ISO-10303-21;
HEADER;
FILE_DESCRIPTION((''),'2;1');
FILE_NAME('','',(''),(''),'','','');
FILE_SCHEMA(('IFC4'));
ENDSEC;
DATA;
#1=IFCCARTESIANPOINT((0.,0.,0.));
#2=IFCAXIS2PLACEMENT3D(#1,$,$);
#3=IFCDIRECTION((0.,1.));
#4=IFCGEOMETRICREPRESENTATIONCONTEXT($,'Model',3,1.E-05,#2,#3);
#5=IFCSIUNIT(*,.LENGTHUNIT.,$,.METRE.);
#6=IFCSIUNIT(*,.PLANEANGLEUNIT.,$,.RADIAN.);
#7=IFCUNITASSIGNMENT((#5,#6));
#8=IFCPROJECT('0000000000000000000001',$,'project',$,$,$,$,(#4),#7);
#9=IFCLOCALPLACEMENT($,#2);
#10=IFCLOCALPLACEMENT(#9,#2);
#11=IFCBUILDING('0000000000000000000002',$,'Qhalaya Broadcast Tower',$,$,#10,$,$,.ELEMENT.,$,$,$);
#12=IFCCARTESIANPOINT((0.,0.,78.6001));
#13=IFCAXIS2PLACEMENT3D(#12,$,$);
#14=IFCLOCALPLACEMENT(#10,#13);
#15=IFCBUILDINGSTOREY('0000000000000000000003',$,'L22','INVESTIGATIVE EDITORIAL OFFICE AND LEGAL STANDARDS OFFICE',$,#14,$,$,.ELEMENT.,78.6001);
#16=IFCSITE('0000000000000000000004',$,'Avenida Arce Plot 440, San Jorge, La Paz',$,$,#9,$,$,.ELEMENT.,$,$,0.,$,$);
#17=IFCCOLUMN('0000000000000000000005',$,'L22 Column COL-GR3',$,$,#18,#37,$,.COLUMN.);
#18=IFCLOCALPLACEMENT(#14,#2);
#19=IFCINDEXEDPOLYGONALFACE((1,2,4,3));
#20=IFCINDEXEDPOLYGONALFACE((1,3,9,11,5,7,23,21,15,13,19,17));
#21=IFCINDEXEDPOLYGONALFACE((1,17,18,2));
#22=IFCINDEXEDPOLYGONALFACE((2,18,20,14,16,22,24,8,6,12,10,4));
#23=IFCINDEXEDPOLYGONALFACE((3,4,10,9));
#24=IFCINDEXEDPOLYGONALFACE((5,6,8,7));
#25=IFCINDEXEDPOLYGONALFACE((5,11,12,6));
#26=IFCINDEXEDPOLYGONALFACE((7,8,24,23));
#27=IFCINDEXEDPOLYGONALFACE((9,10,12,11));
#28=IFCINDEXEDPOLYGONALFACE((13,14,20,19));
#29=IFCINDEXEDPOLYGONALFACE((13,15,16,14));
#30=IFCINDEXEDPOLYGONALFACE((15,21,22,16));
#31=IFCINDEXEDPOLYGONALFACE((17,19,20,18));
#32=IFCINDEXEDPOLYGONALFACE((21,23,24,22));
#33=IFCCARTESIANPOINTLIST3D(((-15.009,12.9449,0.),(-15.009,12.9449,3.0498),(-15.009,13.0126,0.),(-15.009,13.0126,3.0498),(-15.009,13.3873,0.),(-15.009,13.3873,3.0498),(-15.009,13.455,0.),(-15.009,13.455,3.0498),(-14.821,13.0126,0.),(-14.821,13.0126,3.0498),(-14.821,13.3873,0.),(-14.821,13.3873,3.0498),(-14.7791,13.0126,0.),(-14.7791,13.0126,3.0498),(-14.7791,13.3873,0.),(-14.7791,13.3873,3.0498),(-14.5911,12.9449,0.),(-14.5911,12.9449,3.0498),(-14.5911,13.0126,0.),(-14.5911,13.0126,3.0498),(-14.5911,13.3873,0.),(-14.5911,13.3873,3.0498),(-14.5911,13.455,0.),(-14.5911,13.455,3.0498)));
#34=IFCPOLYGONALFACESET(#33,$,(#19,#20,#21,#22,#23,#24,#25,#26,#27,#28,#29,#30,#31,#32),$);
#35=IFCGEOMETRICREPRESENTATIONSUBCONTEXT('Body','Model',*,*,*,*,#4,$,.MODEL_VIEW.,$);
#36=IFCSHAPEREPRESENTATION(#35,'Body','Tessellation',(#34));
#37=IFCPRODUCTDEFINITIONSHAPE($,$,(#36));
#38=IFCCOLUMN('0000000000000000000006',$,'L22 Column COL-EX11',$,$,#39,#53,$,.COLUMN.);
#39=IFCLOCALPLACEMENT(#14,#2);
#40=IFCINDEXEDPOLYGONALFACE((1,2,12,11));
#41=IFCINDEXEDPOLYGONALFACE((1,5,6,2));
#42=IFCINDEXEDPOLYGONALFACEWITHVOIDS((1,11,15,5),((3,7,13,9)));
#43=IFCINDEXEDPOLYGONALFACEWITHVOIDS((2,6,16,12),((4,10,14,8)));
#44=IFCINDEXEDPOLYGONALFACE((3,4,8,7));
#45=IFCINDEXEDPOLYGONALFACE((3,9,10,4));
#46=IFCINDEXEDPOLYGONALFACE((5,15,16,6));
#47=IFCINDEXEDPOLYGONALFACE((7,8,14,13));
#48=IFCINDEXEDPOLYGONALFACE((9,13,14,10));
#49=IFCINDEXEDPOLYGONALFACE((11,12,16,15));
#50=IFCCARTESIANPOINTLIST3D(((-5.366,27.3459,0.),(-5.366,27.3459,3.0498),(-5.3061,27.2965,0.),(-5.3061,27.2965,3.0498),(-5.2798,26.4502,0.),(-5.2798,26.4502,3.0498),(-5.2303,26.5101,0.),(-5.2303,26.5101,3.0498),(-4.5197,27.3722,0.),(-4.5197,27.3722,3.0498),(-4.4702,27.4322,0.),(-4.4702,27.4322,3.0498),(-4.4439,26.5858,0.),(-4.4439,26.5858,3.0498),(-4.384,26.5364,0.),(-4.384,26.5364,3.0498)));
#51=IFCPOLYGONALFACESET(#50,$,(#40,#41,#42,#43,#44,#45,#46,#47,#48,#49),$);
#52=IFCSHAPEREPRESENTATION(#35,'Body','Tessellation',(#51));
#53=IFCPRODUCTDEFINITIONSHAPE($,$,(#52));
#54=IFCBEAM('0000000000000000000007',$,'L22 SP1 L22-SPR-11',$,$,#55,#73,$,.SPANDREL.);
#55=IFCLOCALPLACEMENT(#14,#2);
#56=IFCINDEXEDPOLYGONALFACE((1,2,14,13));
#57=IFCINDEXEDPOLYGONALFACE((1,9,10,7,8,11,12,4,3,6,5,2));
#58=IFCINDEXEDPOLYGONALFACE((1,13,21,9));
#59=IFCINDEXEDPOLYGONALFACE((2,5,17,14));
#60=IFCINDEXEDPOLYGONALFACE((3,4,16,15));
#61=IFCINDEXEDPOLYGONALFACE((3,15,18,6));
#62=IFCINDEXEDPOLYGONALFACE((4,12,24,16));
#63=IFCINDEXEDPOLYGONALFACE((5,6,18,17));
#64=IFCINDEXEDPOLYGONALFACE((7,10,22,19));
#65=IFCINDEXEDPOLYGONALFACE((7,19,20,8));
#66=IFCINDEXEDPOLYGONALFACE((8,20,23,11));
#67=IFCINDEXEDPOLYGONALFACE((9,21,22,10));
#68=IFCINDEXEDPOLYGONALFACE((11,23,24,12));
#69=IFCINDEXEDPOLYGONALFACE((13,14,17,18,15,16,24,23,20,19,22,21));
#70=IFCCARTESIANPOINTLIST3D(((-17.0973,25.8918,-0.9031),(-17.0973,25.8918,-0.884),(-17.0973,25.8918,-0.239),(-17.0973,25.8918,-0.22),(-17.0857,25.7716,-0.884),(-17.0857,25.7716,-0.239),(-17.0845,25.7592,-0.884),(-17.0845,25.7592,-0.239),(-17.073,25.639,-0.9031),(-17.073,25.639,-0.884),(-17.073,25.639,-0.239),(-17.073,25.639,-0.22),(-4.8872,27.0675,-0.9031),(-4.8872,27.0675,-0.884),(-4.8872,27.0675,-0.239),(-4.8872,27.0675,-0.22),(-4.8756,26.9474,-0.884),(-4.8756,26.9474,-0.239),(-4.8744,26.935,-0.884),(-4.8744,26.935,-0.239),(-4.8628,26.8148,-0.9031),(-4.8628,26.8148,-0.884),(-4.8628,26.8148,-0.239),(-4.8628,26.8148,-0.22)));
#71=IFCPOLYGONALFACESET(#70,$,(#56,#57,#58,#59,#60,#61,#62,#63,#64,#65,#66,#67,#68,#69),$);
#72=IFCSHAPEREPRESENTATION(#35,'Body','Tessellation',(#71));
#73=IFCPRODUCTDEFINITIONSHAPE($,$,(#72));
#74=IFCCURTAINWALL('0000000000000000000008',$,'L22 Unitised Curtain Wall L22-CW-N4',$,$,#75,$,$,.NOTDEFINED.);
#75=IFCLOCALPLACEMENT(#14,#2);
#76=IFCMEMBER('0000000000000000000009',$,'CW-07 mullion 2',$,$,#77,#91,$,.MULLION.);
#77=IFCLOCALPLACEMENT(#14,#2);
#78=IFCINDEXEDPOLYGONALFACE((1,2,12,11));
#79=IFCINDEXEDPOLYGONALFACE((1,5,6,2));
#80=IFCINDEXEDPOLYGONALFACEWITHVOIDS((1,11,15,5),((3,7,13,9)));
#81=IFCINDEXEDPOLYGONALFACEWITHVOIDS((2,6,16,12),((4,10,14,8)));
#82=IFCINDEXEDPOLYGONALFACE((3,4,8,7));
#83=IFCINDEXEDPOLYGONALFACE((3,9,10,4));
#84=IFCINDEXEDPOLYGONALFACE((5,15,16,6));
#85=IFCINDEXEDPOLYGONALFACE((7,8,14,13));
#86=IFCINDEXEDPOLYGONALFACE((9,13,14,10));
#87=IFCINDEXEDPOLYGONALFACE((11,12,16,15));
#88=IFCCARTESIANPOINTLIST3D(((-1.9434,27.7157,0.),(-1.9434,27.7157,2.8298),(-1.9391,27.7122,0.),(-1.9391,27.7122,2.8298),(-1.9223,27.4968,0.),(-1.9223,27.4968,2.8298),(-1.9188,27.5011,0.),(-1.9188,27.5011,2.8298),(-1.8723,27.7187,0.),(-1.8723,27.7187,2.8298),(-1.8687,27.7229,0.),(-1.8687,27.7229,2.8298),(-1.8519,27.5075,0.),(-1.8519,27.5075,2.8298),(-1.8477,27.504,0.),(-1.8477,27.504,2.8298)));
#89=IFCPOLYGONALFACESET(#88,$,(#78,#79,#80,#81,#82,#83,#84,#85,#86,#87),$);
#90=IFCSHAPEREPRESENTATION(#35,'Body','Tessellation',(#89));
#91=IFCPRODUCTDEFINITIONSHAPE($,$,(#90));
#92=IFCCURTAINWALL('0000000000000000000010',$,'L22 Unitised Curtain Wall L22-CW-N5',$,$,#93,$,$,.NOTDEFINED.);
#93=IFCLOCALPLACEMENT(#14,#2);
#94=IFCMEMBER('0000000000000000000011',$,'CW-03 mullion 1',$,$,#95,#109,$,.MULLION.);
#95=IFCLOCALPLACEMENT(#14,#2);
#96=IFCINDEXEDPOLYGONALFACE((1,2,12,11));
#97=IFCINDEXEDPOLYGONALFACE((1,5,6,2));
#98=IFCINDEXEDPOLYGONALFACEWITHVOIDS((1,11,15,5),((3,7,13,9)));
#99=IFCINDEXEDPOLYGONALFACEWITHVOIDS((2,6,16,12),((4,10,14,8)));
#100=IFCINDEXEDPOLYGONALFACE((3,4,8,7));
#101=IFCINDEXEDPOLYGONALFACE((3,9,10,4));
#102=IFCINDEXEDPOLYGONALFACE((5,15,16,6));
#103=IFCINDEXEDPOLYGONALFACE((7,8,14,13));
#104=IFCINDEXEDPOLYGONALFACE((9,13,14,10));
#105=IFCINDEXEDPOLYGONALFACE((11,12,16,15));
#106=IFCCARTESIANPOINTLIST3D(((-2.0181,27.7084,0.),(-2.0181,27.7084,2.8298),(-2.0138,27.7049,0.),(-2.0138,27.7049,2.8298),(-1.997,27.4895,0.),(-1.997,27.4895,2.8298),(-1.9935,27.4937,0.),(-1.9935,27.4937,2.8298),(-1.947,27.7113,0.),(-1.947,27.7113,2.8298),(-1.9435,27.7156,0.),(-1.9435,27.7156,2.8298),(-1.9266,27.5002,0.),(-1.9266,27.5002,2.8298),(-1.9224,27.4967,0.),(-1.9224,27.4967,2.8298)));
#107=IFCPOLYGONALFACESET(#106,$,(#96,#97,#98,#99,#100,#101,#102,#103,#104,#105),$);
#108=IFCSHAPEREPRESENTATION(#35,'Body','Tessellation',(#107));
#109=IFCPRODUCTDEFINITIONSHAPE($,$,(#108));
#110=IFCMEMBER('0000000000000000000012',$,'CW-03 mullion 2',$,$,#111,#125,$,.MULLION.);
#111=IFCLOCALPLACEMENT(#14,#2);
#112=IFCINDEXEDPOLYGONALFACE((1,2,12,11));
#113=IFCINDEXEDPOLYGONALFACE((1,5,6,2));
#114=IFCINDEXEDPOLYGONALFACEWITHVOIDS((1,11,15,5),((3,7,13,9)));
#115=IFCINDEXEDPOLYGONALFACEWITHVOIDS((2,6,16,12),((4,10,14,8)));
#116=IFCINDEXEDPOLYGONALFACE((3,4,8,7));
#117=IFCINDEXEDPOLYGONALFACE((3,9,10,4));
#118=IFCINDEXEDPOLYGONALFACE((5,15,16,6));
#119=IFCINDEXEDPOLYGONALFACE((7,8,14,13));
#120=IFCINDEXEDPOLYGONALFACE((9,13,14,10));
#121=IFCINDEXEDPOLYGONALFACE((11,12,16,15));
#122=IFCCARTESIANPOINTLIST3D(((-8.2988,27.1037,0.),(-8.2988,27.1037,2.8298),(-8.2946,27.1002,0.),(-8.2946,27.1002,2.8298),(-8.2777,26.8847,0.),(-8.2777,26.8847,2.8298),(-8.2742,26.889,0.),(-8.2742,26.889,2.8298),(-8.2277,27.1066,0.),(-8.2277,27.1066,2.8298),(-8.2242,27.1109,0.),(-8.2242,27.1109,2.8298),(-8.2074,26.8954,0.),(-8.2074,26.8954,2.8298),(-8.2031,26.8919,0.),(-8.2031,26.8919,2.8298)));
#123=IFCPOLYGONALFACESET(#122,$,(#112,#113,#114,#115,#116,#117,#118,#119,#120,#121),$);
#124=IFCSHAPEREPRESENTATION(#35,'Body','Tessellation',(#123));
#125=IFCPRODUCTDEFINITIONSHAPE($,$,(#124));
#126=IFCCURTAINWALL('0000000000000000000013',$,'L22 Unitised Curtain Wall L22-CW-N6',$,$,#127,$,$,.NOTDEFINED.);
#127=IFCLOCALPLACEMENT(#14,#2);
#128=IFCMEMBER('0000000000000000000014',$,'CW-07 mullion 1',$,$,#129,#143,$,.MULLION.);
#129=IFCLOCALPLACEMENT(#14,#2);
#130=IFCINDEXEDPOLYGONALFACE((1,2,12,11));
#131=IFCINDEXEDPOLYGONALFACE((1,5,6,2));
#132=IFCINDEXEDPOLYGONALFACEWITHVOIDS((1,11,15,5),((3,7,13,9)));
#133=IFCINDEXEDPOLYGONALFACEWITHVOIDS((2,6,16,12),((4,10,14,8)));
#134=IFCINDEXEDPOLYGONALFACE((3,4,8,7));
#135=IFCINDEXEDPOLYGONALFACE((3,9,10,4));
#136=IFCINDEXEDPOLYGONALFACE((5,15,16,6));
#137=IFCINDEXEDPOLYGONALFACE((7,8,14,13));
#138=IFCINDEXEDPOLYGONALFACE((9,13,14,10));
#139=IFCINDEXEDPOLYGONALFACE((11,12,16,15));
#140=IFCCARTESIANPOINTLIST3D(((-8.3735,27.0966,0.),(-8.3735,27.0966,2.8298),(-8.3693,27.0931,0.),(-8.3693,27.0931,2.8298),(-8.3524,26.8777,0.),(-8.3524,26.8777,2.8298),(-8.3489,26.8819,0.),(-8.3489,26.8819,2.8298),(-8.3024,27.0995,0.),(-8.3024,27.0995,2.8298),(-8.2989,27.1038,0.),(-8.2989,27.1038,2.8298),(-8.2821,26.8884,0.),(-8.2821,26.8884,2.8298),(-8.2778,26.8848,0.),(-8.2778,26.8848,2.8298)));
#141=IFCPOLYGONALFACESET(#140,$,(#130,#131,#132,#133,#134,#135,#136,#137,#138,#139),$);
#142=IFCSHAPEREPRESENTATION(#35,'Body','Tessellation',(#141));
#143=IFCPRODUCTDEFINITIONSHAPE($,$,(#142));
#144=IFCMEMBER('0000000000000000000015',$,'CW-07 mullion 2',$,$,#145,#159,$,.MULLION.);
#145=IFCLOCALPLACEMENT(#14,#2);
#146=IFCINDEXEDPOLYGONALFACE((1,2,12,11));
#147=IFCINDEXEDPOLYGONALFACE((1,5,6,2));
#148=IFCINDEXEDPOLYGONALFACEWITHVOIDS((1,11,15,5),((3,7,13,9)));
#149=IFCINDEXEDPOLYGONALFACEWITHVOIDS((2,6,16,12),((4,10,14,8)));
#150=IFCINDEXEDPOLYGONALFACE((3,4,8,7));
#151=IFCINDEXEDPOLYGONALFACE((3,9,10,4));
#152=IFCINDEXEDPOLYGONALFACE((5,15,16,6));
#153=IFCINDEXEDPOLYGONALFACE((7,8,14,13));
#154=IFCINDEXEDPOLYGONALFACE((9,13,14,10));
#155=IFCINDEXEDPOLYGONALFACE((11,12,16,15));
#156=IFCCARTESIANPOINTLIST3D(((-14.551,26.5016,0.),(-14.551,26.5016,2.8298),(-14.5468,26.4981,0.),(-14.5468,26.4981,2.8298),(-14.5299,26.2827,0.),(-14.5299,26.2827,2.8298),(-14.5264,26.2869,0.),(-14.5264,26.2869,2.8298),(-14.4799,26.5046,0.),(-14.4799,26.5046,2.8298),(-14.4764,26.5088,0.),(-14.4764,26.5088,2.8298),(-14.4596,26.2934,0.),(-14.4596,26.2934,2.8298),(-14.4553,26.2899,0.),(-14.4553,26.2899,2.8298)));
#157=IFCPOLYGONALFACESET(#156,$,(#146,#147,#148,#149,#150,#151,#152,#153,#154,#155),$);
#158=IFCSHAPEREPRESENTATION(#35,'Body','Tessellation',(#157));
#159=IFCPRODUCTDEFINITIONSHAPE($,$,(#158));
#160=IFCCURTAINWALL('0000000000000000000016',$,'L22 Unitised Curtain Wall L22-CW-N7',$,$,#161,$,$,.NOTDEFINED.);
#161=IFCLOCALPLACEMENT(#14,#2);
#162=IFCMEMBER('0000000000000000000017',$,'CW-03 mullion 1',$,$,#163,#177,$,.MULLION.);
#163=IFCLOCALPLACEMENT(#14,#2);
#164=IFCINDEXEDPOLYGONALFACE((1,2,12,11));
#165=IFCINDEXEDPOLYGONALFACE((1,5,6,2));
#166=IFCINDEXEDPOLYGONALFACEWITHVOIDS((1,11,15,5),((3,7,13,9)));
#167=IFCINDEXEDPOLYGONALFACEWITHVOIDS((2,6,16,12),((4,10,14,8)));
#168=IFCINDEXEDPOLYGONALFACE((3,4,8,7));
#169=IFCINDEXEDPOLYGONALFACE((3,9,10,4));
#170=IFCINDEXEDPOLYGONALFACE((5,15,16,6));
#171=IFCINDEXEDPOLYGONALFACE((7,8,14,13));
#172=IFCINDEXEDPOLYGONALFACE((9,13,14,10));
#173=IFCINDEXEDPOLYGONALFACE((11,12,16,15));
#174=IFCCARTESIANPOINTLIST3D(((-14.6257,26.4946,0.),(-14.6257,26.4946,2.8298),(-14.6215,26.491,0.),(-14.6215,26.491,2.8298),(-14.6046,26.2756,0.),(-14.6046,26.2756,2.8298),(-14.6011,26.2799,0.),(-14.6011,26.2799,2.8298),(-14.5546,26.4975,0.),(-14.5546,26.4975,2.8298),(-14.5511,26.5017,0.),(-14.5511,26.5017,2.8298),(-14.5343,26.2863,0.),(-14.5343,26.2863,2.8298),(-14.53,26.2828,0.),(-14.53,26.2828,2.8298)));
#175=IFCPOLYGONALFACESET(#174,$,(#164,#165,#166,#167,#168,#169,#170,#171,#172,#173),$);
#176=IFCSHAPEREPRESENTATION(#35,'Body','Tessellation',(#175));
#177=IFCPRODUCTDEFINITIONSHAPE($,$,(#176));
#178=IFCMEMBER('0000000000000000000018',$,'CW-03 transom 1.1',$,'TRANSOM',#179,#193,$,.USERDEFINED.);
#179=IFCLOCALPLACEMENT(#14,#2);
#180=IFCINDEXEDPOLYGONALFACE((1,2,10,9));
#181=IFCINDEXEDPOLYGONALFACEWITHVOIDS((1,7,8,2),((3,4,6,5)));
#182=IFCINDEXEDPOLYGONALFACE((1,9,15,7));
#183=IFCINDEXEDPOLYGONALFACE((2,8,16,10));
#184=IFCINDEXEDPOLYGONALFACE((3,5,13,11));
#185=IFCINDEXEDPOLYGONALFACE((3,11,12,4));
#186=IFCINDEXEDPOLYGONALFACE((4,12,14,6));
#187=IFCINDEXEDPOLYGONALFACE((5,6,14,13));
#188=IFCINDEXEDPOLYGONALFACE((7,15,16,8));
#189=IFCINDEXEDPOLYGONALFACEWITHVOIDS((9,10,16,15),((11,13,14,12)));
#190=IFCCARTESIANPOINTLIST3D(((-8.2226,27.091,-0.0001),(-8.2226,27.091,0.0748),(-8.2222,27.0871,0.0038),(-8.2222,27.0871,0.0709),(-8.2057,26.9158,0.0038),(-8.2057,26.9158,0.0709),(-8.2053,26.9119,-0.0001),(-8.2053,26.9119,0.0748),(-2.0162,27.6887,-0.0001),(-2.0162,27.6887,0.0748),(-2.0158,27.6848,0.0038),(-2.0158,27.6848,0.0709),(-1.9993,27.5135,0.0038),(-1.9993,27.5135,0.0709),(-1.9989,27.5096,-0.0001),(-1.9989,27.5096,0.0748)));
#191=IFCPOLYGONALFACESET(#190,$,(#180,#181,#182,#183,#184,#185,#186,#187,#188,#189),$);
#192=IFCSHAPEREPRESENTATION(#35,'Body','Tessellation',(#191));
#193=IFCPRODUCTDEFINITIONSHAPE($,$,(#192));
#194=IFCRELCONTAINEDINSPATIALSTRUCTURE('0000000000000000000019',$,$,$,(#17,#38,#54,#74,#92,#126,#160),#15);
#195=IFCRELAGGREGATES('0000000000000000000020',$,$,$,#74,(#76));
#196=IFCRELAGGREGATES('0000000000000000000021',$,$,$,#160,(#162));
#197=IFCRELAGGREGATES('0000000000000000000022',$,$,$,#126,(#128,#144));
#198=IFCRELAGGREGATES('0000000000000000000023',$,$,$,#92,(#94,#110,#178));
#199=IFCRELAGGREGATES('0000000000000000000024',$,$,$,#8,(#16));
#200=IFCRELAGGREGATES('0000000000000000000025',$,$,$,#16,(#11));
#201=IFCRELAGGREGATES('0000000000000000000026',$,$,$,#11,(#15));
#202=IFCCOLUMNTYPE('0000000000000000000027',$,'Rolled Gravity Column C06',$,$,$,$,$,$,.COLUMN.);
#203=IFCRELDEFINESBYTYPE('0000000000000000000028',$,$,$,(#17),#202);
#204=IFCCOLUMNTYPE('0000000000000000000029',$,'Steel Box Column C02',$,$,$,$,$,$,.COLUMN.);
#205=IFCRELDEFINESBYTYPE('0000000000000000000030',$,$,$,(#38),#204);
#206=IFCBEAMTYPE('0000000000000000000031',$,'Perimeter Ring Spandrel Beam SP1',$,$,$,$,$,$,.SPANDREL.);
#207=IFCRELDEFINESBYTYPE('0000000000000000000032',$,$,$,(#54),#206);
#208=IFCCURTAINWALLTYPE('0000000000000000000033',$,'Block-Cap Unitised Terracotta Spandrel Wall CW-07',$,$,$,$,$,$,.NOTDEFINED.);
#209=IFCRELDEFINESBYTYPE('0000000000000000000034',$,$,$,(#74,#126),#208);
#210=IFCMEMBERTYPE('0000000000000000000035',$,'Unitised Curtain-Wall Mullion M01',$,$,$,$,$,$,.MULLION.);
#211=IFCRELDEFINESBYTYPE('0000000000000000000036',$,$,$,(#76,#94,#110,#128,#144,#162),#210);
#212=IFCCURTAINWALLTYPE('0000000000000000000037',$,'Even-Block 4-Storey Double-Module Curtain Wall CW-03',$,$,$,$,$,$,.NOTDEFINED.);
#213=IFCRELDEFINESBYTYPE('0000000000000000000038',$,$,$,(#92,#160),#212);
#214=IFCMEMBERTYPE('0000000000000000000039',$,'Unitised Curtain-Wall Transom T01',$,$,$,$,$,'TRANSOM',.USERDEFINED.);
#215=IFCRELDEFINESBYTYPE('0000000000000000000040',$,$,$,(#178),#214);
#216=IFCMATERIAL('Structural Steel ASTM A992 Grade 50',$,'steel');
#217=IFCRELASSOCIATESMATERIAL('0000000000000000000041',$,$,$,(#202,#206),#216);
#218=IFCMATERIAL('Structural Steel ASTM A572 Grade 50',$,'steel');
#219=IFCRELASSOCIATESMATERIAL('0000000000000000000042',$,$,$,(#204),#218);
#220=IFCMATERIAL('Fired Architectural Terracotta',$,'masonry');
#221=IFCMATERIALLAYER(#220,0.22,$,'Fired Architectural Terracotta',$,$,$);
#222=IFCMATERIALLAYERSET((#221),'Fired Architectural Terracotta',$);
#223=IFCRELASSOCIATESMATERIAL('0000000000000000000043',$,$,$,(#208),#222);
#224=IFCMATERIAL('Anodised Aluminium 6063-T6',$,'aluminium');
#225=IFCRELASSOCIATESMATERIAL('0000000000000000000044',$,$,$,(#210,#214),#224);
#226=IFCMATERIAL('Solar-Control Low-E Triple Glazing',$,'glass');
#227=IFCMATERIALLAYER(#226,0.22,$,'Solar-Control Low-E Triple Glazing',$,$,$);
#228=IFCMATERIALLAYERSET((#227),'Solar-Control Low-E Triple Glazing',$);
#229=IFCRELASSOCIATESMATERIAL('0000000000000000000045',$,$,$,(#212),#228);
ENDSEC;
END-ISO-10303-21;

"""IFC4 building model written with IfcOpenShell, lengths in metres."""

from ifc_helpers import new_model, si_unit, direction, frame, origin, origin_2d, place, context, subcontext, project, spatial, hollow_rectangle, i_section, extrude, material, layer, layer_set, material_profile, profile_set, type_object, element, aggregate, save


model = new_model("IFC4")

# Units and contexts
model_context = context("Model", 3, precision=1e-05, world=origin(), true_north=direction((0.0, 1.0)))
body_context = subcontext(model_context, "Body", "Model", "MODEL_VIEW")
ifc_project = project(units=[si_unit("LENGTHUNIT", "METRE"), si_unit("PLANEANGLEUNIT", "RADIAN")], contexts=[model_context])

# Site, building, storey
site_placement = place(None, origin())
site = spatial("IfcSite", under=ifc_project, at=site_placement, Name="Avenida Arce Plot 440, San Jorge, La Paz", CompositionType="ELEMENT", RefElevation=0.0)
building_placement = place(site_placement, origin())
building = spatial("IfcBuilding", under=site, at=building_placement, Name="Qhalaya Broadcast Tower", CompositionType="ELEMENT")
storey_placement = place(building_placement, frame((0.0, 0.0, 78.6001)))
storey = spatial("IfcBuildingStorey", under=building, at=storey_placement, Name="L22", Description="INVESTIGATIVE EDITORIAL OFFICE AND LEGAL STANDARDS OFFICE", CompositionType="ELEMENT", Elevation=78.6001)

# Columns
ifc_material_1 = material(Name="Structural Steel ASTM A992 Grade 50", Category="steel")
ifc_material_profile_1 = material_profile(ifc_material_1, i_section(OverallWidth=0.418, OverallDepth=0.51, WebThickness=0.042, FlangeThickness=0.0676, at=origin_2d()), Name="W14X370")
ifc_profile_set_1 = profile_set([ifc_material_profile_1], Name="Structural Steel ASTM A992 Grade 50")
column_type_1 = type_object("IfcColumnType", Name="Rolled Gravity Column C06", PredefinedType="COLUMN", material=ifc_profile_set_1)
column_1_placement = place(storey_placement, frame((-14.8, 13.2, 0.0), z_axis=(0.0, 0.0, 1.0), x_axis=(1.0, 0.0, 0.0)))
element("IfcColumn", 1, at=column_1_placement, inside=storey, type_object=column_type_1, Name="L22 Column COL-GR3", PredefinedType="COLUMN", context=body_context, shape_type="SweptSolid", body=[
    extrude(i_section(OverallWidth=0.418, OverallDepth=0.51, WebThickness=0.042, FlangeThickness=0.0676, at=origin_2d()), origin(), (0.0, 0.0, 1.0), 3.0498),
])
ifc_material_2 = material(Name="Structural Steel ASTM A572 Grade 50", Category="steel")
ifc_material_profile_2 = material_profile(ifc_material_2, hollow_rectangle(XDim=0.8999, YDim=0.8999, WallThickness=0.0549, at=origin_2d()), Name="BOX 900x900x55")
ifc_profile_set_2 = profile_set([ifc_material_profile_2], Name="Structural Steel ASTM A572 Grade 50")
column_type_2 = type_object("IfcColumnType", Name="Steel Box Column C02", PredefinedType="COLUMN", material=ifc_profile_set_2)
column_2_placement = place(storey_placement, frame((-4.875, 26.9412, 0.0), z_axis=(0.0, 0.0, 1.0), x_axis=(0.995396, 0.095846, 0.0)))
element("IfcColumn", 2, at=column_2_placement, inside=storey, type_object=column_type_2, Name="L22 Column COL-EX11", PredefinedType="COLUMN", context=body_context, shape_type="SweptSolid", body=[
    extrude(hollow_rectangle(XDim=0.8999, YDim=0.8999, WallThickness=0.0549, at=origin_2d()), origin(), (0.0, 0.0, 1.0), 3.0498),
])

# Beam
ifc_material_profile_3 = material_profile(ifc_material_1, i_section(OverallWidth=0.2539, OverallDepth=0.6831, WebThickness=0.0125, FlangeThickness=0.019, at=origin_2d()), Name="W27X94")
ifc_profile_set_3 = profile_set([ifc_material_profile_3], Name="Structural Steel ASTM A992 Grade 50")
beam_type = type_object("IfcBeamType", Name="Perimeter Ring Spandrel Beam SP1", PredefinedType="SPANDREL", material=ifc_profile_set_3)
beam_placement = place(storey_placement, frame((-4.875, 26.9412, -0.5615), z_axis=(-0.995396, -0.095852, 0.0), x_axis=(0.095852, -0.995396, 0.0)))
element("IfcBeam", 3, at=beam_placement, inside=storey, type_object=beam_type, Name="L22 SP1 L22-SPR-11", PredefinedType="SPANDREL", context=body_context, shape_type="SweptSolid", body=[
    extrude(i_section(OverallWidth=0.2539, OverallDepth=0.6831, WebThickness=0.0125, FlangeThickness=0.019, at=origin_2d()), origin(), (0.0, 0.0, 1.0), 12.2666),
])

# Curtain wall, member
ifc_material_3 = material(Name="Fired Architectural Terracotta", Category="masonry")
ifc_layer_1 = layer(ifc_material_3, 0.22, Name="Fired Architectural Terracotta")
ifc_layer_set_1 = layer_set([ifc_layer_1], Name="Fired Architectural Terracotta")
curtain_wall_type_1 = type_object("IfcCurtainWallType", Name="Block-Cap Unitised Terracotta Spandrel Wall CW-07", PredefinedType="NOTDEFINED", material=ifc_layer_set_1)
curtain_wall_1_placement = place(storey_placement, origin())
curtain_wall_1 = element("IfcCurtainWall", 4, at=curtain_wall_1_placement, inside=storey, type_object=curtain_wall_type_1, Name="L22 Unitised Curtain Wall L22-CW-N4", PredefinedType="NOTDEFINED")
ifc_material_4 = material(Name="Anodised Aluminium 6063-T6", Category="aluminium")
ifc_material_profile_4 = material_profile(ifc_material_4, hollow_rectangle(XDim=0.075, YDim=0.22, WallThickness=0.0039, at=origin_2d()), Name="ALU-MUL 75x220x4")
ifc_profile_set_4 = profile_set([ifc_material_profile_4], Name="Anodised Aluminium 6063-T6")
member_type_1 = type_object("IfcMemberType", Name="Unitised Curtain-Wall Mullion M01", PredefinedType="MULLION", material=ifc_profile_set_4)
member_1_placement = place(storey_placement, frame((-1.8955, 27.6099, 0.0), z_axis=(0.0, 0.0, 1.0), x_axis=(-0.995395, -0.095861, 0.0)))
member_1 = element("IfcMember", 5, at=member_1_placement, type_object=member_type_1, Name="CW-07 mullion 2", PredefinedType="MULLION", context=body_context, shape_type="SweptSolid", body=[
    extrude(hollow_rectangle(XDim=0.075, YDim=0.22, WallThickness=0.0039, at=origin_2d()), origin(), (0.0, 0.0, 1.0), 2.8298),
])
aggregate(curtain_wall_1, [member_1])

# Curtain walls, members
ifc_material_5 = material(Name="Solar-Control Low-E Triple Glazing", Category="glass")
ifc_layer_2 = layer(ifc_material_5, 0.22, Name="Solar-Control Low-E Triple Glazing")
ifc_layer_set_2 = layer_set([ifc_layer_2], Name="Solar-Control Low-E Triple Glazing")
curtain_wall_type_2 = type_object("IfcCurtainWallType", Name="Even-Block 4-Storey Double-Module Curtain Wall CW-03", PredefinedType="NOTDEFINED", material=ifc_layer_set_2)
curtain_wall_2_placement = place(storey_placement, origin())
curtain_wall_2 = element("IfcCurtainWall", 6, at=curtain_wall_2_placement, inside=storey, type_object=curtain_wall_type_2, Name="L22 Unitised Curtain Wall L22-CW-N5", PredefinedType="NOTDEFINED")
member_2_placement = place(storey_placement, frame((-1.9702, 27.6025, 0.0), z_axis=(0.0, 0.0, 1.0), x_axis=(-0.995397, -0.095834, 0.0)))
member_2 = element("IfcMember", 7, at=member_2_placement, type_object=member_type_1, Name="CW-03 mullion 1", PredefinedType="MULLION", context=body_context, shape_type="SweptSolid", body=[
    extrude(hollow_rectangle(XDim=0.075, YDim=0.22, WallThickness=0.0039, at=origin_2d()), origin(), (0.0, 0.0, 1.0), 2.8298),
])
member_3_placement = place(storey_placement, frame((-8.251, 26.9978, 0.0), z_axis=(0.0, 0.0, 1.0), x_axis=(-0.995397, -0.095834, 0.0)))
member_3 = element("IfcMember", 8, at=member_3_placement, type_object=member_type_1, Name="CW-03 mullion 2", PredefinedType="MULLION", context=body_context, shape_type="SweptSolid", body=[
    extrude(hollow_rectangle(XDim=0.075, YDim=0.22, WallThickness=0.0039, at=origin_2d()), origin(), (0.0, 0.0, 1.0), 2.8298),
])
curtain_wall_3_placement = place(storey_placement, origin())
curtain_wall_3 = element("IfcCurtainWall", 9, at=curtain_wall_3_placement, inside=storey, type_object=curtain_wall_type_1, Name="L22 Unitised Curtain Wall L22-CW-N6", PredefinedType="NOTDEFINED")
member_4_placement = place(storey_placement, frame((-8.3257, 26.9907, 0.0), z_axis=(0.0, 0.0, 1.0), x_axis=(-0.995395, -0.09586, 0.0)))
member_4 = element("IfcMember", 10, at=member_4_placement, type_object=member_type_1, Name="CW-07 mullion 1", PredefinedType="MULLION", context=body_context, shape_type="SweptSolid", body=[
    extrude(hollow_rectangle(XDim=0.075, YDim=0.22, WallThickness=0.0039, at=origin_2d()), origin(), (0.0, 0.0, 1.0), 2.8298),
])
member_5_placement = place(storey_placement, frame((-14.5032, 26.3958, 0.0), z_axis=(0.0, 0.0, 1.0), x_axis=(-0.995395, -0.09586, 0.0)))
member_5 = element("IfcMember", 11, at=member_5_placement, type_object=member_type_1, Name="CW-07 mullion 2", PredefinedType="MULLION", context=body_context, shape_type="SweptSolid", body=[
    extrude(hollow_rectangle(XDim=0.075, YDim=0.22, WallThickness=0.0039, at=origin_2d()), origin(), (0.0, 0.0, 1.0), 2.8298),
])

# Curtain wall, member
curtain_wall_4_placement = place(storey_placement, origin())
curtain_wall_4 = element("IfcCurtainWall", 12, at=curtain_wall_4_placement, inside=storey, type_object=curtain_wall_type_2, Name="L22 Unitised Curtain Wall L22-CW-N7", PredefinedType="NOTDEFINED")
member_6_placement = place(storey_placement, frame((-14.5779, 26.3887, 0.0), z_axis=(0.0, 0.0, 1.0), x_axis=(-0.995398, -0.095829, 0.0)))
member_6 = element("IfcMember", 13, at=member_6_placement, type_object=member_type_1, Name="CW-03 mullion 1", PredefinedType="MULLION", context=body_context, shape_type="SweptSolid", body=[
    extrude(hollow_rectangle(XDim=0.075, YDim=0.22, WallThickness=0.0039, at=origin_2d()), origin(), (0.0, 0.0, 1.0), 2.8298),
])

# Member
ifc_material_profile_5 = material_profile(ifc_material_4, hollow_rectangle(XDim=0.075, YDim=0.1799, WallThickness=0.0039, at=origin_2d()), Name="ALU-TRN 75x180x4")
ifc_profile_set_5 = profile_set([ifc_material_profile_5], Name="Anodised Aluminium 6063-T6")
member_type_2 = type_object("IfcMemberType", Name="Unitised Curtain-Wall Transom T01", ElementType="TRANSOM", PredefinedType="USERDEFINED", material=ifc_profile_set_5)
member_7_placement = place(storey_placement, frame((-2.0076, 27.5991, 0.0374), z_axis=(-0.995395, -0.095855, 0.0), x_axis=(0.0, 0.0, 1.0)))
member_7 = element("IfcMember", 14, at=member_7_placement, type_object=member_type_2, Name="CW-03 transom 1.1", ObjectType="TRANSOM", PredefinedType="USERDEFINED", context=body_context, shape_type="SweptSolid", body=[
    extrude(hollow_rectangle(XDim=0.075, YDim=0.1799, WallThickness=0.0039, at=origin_2d()), origin(), (0.0, 0.0, 1.0), 6.2351),
])
aggregate(curtain_wall_4, [member_6])

aggregate(curtain_wall_3, [member_4, member_5])
aggregate(curtain_wall_2, [member_2, member_3, member_7])

save(model, "model.ifc")
